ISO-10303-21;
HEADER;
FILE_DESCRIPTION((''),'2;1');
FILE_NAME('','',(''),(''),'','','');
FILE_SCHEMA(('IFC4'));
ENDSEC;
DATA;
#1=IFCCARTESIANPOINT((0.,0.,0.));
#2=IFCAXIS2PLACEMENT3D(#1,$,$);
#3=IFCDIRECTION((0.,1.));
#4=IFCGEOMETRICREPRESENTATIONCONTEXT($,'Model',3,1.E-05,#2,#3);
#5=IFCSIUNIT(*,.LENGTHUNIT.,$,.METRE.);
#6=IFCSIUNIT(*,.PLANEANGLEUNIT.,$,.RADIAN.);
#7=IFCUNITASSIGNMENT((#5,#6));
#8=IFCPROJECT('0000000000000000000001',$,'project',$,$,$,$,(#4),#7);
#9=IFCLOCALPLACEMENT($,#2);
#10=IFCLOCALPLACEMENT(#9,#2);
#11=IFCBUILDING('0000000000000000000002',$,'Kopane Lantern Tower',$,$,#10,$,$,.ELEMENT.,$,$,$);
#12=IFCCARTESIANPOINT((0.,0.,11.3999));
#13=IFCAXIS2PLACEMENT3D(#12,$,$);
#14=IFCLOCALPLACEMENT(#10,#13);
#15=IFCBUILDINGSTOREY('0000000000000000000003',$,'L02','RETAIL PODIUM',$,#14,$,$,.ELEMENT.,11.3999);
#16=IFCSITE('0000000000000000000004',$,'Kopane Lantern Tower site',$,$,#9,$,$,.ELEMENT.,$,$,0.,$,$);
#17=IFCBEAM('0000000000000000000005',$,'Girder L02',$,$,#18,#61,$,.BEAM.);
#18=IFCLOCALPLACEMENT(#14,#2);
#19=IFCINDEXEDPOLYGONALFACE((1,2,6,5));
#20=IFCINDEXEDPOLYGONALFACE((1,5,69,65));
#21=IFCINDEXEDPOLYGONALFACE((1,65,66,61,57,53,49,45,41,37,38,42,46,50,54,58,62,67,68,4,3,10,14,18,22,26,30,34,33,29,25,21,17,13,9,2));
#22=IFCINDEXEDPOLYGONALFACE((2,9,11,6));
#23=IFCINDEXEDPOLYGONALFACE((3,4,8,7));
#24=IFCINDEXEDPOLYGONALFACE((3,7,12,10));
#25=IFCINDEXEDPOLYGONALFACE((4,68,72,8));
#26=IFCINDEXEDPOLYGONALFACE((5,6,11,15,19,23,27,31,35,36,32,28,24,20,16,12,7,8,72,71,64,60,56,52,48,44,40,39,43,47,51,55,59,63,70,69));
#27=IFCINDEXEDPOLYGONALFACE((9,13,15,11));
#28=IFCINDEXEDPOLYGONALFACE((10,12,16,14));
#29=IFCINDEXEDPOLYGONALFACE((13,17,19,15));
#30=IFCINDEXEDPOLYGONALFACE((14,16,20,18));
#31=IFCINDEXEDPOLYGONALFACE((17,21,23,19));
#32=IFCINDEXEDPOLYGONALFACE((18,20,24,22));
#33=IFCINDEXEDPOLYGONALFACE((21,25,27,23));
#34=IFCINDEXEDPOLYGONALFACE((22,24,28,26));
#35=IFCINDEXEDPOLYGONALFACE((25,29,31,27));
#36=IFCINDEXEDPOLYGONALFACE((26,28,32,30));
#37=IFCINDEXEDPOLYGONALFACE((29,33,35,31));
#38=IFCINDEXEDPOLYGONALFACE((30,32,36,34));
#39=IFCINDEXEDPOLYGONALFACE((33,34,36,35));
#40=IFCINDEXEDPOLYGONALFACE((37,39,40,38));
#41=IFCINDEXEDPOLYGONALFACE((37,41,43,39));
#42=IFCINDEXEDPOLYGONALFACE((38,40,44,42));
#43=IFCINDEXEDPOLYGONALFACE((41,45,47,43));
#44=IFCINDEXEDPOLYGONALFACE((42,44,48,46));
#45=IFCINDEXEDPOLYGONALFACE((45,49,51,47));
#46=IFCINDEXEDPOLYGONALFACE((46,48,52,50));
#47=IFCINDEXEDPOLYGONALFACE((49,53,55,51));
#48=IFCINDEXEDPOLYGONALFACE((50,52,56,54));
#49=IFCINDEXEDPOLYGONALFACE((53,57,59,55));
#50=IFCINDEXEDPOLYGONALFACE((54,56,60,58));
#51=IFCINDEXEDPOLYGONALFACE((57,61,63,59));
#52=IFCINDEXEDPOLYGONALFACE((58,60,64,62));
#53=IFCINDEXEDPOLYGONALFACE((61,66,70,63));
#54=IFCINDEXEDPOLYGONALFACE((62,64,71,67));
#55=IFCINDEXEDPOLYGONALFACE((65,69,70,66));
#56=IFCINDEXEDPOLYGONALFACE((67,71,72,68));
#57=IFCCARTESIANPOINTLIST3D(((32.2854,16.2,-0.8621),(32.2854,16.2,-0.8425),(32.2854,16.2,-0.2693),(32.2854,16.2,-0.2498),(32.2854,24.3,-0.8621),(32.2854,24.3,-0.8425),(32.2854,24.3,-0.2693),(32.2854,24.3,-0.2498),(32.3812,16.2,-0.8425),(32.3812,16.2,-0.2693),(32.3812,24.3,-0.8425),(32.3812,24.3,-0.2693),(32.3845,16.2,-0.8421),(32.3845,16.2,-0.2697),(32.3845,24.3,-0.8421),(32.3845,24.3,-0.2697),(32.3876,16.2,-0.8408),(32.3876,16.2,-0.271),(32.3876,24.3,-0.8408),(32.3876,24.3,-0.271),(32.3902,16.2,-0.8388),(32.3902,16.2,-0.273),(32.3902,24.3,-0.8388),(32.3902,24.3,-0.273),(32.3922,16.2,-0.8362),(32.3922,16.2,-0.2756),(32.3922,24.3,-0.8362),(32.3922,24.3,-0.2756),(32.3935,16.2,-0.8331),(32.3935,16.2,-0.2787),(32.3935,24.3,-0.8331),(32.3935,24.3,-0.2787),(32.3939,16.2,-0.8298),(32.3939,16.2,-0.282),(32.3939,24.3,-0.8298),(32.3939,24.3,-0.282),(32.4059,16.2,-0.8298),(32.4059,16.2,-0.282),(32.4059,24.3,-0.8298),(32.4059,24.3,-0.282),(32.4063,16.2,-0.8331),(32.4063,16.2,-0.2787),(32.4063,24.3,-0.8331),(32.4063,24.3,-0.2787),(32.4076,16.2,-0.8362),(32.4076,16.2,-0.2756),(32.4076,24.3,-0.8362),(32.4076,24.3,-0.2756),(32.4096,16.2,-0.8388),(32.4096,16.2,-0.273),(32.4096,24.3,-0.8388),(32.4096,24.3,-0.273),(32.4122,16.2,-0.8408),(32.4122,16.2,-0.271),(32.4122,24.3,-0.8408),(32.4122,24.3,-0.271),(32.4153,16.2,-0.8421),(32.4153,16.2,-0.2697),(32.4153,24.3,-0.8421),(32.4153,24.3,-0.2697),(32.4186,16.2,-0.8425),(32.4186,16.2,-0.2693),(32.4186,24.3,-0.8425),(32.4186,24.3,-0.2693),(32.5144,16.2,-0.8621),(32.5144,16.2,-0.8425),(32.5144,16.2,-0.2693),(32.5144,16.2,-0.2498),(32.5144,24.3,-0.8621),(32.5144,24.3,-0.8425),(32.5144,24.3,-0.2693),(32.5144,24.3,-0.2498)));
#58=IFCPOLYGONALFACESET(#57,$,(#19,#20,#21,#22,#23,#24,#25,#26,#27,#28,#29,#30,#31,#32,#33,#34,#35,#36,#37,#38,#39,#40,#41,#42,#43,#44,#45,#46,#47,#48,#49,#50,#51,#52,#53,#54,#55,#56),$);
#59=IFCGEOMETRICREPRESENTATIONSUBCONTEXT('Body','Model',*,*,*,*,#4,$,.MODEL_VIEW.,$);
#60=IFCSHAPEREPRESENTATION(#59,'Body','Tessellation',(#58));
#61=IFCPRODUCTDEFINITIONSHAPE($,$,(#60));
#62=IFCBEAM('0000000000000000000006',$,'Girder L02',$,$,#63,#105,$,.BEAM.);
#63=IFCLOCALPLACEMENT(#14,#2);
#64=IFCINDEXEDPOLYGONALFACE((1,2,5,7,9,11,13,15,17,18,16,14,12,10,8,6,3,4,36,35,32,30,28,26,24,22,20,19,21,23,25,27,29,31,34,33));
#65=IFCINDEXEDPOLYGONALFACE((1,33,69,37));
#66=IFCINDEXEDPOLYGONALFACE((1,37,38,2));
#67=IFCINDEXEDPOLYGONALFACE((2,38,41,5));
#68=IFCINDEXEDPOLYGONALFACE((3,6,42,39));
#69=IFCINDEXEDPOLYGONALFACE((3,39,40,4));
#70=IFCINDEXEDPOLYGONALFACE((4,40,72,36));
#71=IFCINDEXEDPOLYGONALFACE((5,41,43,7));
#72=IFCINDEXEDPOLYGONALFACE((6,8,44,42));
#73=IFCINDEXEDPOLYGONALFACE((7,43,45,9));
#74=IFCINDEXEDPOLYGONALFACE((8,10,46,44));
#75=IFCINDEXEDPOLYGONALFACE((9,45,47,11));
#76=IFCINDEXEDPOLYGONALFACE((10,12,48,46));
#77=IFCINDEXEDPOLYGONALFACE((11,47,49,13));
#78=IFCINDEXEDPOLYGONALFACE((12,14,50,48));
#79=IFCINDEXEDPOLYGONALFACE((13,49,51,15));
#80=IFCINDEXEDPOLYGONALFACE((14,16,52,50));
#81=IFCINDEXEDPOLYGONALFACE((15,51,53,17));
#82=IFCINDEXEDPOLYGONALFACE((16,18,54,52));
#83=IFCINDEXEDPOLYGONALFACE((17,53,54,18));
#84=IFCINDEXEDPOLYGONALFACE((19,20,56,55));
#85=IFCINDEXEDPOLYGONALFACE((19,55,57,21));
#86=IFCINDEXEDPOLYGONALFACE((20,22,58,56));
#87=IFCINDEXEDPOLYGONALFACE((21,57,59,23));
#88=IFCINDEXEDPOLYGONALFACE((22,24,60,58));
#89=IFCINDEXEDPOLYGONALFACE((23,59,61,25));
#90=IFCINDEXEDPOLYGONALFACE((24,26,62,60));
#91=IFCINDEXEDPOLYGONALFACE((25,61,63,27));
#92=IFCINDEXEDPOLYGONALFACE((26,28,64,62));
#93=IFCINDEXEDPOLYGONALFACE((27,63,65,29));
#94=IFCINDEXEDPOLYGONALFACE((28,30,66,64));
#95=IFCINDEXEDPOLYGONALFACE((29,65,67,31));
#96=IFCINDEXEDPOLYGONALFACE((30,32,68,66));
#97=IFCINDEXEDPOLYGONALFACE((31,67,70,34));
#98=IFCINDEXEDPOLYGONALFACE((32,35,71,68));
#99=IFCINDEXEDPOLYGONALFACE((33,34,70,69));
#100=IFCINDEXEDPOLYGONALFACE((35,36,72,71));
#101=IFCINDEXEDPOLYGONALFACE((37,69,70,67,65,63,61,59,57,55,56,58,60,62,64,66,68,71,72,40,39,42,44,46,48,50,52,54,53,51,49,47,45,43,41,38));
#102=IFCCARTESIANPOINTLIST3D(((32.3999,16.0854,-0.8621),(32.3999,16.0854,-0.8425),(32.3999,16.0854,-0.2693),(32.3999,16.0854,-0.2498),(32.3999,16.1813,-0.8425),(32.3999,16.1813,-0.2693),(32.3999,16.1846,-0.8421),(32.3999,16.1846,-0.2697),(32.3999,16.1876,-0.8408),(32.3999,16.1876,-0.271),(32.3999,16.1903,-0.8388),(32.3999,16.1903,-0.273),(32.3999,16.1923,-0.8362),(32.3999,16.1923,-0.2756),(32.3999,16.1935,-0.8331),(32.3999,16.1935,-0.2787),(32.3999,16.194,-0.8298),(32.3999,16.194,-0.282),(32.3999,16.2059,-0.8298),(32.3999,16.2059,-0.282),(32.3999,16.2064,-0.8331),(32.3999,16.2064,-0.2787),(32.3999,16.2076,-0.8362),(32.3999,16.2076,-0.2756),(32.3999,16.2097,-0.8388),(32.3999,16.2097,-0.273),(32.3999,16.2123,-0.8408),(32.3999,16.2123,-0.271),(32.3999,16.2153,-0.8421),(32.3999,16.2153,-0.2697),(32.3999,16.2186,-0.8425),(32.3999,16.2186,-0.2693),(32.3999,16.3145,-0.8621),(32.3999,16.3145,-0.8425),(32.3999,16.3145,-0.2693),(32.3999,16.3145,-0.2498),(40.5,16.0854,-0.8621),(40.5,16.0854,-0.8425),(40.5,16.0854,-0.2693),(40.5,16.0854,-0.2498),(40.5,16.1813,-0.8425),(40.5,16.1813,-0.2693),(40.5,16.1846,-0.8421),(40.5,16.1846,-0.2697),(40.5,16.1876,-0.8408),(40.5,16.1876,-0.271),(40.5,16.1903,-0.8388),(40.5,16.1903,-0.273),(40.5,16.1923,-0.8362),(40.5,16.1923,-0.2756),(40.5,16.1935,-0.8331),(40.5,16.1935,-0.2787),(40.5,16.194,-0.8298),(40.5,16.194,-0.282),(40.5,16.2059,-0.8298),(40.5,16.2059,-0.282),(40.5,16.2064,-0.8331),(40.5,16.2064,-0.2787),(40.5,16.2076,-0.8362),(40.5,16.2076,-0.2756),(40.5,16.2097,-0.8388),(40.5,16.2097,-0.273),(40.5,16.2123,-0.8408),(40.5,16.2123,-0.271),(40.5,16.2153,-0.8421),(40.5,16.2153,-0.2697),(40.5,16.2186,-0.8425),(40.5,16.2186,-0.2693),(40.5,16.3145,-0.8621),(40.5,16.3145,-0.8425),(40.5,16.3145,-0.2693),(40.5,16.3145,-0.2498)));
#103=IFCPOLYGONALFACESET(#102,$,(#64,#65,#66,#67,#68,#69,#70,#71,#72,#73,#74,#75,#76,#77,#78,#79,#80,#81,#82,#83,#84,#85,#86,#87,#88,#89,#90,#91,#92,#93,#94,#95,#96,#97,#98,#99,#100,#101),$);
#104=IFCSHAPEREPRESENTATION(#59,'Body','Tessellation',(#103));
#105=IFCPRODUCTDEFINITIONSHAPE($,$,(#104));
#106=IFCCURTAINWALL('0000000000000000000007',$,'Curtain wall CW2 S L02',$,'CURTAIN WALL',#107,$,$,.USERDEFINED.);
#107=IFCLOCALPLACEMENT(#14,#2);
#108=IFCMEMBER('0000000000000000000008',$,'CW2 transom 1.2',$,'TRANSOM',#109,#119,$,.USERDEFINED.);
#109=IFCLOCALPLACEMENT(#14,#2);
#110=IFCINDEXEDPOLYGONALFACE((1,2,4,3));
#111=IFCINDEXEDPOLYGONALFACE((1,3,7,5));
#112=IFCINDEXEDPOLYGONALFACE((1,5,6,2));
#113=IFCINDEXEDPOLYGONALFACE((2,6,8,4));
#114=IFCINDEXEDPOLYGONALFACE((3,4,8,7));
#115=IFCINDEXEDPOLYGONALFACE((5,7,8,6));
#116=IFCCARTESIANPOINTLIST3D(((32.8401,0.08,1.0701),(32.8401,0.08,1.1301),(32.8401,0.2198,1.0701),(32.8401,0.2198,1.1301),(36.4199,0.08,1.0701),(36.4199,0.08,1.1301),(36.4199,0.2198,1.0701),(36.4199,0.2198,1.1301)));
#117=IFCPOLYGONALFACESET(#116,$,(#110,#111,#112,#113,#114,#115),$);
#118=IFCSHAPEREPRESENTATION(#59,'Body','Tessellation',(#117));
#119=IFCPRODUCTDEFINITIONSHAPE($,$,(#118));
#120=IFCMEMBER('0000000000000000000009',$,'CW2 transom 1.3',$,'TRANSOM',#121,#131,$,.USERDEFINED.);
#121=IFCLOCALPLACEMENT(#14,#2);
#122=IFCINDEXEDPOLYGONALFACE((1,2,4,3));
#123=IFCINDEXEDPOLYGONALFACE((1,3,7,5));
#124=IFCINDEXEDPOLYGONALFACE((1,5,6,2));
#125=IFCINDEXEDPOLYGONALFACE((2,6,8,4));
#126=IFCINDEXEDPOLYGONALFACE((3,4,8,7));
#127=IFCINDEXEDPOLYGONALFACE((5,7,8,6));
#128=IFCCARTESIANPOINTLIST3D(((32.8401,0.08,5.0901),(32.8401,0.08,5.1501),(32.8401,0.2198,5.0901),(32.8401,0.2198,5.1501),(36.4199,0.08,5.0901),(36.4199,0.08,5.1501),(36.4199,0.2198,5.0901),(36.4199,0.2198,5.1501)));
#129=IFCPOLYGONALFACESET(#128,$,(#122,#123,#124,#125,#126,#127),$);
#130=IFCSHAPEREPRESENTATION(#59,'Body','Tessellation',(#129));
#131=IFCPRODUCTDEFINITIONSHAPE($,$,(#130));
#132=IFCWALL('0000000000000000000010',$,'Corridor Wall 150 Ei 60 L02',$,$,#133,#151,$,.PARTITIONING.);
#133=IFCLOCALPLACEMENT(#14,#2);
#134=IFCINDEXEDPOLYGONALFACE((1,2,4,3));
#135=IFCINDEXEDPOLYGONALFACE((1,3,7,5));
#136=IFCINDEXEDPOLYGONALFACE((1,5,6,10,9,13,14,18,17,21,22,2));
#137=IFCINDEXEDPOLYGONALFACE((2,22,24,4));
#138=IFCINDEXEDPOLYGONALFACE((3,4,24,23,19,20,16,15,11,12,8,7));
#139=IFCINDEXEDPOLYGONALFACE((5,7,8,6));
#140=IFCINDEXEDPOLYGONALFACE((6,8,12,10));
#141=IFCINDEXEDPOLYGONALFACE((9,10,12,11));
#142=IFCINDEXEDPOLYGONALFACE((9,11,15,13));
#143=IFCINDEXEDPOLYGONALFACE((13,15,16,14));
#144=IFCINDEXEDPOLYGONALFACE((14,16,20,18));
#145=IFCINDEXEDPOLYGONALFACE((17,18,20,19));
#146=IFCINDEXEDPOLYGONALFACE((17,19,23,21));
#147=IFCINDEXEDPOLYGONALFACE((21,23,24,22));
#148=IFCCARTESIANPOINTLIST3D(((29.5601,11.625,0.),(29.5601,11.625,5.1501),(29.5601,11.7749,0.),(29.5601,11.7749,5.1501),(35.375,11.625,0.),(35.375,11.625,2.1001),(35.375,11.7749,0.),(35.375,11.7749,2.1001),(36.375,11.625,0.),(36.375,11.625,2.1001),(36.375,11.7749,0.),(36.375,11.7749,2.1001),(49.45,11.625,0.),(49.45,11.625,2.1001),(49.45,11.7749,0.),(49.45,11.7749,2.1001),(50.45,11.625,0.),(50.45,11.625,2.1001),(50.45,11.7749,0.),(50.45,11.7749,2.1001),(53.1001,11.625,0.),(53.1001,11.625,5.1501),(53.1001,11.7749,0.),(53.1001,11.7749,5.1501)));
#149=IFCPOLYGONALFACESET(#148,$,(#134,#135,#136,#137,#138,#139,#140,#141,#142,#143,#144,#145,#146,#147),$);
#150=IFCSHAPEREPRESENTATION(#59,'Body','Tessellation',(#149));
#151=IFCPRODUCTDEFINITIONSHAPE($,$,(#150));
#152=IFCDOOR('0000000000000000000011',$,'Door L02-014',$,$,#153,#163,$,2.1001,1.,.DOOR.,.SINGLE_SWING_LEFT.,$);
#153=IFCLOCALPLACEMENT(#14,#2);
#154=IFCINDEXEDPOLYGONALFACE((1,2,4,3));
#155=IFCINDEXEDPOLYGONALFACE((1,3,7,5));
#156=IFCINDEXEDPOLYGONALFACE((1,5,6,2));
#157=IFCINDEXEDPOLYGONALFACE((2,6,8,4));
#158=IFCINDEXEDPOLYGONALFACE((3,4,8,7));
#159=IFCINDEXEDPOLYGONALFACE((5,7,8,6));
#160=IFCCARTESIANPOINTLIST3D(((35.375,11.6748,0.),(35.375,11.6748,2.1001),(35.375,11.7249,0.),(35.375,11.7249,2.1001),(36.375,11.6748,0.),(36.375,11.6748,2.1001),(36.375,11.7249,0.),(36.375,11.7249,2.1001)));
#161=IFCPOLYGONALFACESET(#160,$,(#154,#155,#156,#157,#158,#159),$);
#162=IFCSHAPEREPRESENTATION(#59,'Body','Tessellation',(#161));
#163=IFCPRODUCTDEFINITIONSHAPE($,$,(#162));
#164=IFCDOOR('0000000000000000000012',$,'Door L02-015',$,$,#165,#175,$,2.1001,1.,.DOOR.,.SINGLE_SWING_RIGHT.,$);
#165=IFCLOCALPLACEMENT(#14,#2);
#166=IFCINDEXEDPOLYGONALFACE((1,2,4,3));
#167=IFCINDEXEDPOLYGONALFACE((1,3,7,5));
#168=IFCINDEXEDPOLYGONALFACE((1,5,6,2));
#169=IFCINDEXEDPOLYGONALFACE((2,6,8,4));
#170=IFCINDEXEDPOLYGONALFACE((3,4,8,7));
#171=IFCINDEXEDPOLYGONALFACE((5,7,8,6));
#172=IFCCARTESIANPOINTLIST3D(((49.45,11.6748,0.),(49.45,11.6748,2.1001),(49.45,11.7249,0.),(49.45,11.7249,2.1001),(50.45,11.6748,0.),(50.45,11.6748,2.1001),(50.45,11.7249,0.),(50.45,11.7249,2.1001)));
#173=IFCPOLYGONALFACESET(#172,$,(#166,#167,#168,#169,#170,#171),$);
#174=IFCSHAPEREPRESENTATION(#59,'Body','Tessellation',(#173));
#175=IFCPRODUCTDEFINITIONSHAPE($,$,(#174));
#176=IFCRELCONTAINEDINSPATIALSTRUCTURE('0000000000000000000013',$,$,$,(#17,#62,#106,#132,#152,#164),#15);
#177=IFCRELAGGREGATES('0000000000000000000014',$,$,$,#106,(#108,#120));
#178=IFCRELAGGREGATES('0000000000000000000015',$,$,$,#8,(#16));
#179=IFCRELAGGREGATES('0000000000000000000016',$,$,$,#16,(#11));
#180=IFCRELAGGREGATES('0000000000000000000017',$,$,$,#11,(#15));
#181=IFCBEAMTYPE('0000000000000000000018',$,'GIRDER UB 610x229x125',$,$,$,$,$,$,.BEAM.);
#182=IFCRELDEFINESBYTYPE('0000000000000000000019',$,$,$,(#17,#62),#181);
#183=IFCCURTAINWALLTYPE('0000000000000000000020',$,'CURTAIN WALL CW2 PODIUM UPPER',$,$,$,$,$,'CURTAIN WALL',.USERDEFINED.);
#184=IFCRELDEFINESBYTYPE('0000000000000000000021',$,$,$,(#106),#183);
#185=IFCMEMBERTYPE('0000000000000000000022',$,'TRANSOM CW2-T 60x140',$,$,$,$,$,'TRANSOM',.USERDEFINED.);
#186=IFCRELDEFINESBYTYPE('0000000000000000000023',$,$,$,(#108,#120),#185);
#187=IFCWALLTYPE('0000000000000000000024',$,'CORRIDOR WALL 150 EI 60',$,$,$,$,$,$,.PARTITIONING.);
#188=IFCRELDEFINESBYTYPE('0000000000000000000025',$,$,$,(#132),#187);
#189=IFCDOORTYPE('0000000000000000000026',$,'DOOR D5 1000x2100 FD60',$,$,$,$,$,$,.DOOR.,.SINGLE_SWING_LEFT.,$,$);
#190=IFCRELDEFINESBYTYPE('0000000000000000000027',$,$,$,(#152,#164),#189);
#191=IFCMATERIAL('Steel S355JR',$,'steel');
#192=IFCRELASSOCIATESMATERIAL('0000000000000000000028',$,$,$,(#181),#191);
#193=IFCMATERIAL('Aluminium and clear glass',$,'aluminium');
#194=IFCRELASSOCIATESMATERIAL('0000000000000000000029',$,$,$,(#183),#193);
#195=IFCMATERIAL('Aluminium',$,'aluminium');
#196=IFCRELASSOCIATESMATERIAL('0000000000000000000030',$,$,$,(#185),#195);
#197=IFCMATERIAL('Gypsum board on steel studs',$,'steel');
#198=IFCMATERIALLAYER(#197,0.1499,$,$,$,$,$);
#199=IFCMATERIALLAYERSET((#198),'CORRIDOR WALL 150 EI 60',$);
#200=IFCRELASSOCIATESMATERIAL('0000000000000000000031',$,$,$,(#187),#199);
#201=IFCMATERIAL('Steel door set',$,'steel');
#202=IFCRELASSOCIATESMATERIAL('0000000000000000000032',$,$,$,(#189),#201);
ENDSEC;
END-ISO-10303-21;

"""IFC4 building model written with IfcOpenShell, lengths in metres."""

from ifc_helpers import new_model, si_unit, direction, frame, frame_2d, origin, origin_2d, place, context, subcontext, project, spatial, rectangle, i_section, extrude, material, layer, layer_set, material_profile, profile_set, type_object, element, fill, aggregate, save


model = new_model("IFC4")

# Units and contexts
model_context = context("Model", 3, precision=1e-05, world=origin(), true_north=direction((0.0, 1.0)))
body_context = subcontext(model_context, "Body", "Model", "MODEL_VIEW")
ifc_project = project(units=[si_unit("LENGTHUNIT", "METRE"), si_unit("PLANEANGLEUNIT", "RADIAN")], contexts=[model_context])

# Site, building, storey
site_placement = place(None, origin())
site = spatial("IfcSite", under=ifc_project, at=site_placement, Name="Kopane Lantern Tower site", CompositionType="ELEMENT", RefElevation=0.0)
building_placement = place(site_placement, origin())
building = spatial("IfcBuilding", under=site, at=building_placement, Name="Kopane Lantern Tower", CompositionType="ELEMENT")
storey_placement = place(building_placement, frame((0.0, 0.0, 11.3999)))
storey = spatial("IfcBuildingStorey", under=building, at=storey_placement, Name="L02", Description="RETAIL PODIUM", CompositionType="ELEMENT", Elevation=11.3999)

# Beams
ifc_material_1 = material(Name="Steel S355JR", Category="steel")
ifc_material_profile_1 = material_profile(ifc_material_1, i_section(OverallWidth=0.229, OverallDepth=0.6123, WebThickness=0.012, FlangeThickness=0.0195, FilletRadius=0.0127, at=origin_2d()), Name="UB 610x229x125")
ifc_profile_set_1 = profile_set([ifc_material_profile_1], Name="Steel S355JR")
beam_type = type_object("IfcBeamType", Name="GIRDER UB 610x229x125", PredefinedType="BEAM", material=ifc_profile_set_1)
for number, where, z_axis, x_axis, name in (
    (1, (32.3999, 16.2, -0.5559), (0.0, 1.0, 0.0), (-1.0, 0.0, 0.0), "Girder L02"),
    (2, (32.3999, 16.2, -0.5559), (1.0, 0.0, 0.0), (0.0, 1.0, 0.0), "Girder L02"),
):
    element("IfcBeam", number, at=place(storey_placement, frame(where, z_axis=z_axis, x_axis=x_axis)), inside=storey, type_object=beam_type, Name=name, PredefinedType="BEAM", context=body_context, shape_type="SweptSolid", body=[
        extrude(i_section(OverallWidth=0.229, OverallDepth=0.6123, WebThickness=0.012, FlangeThickness=0.0195, FilletRadius=0.0127, at=origin_2d()), origin(), (0.0, 0.0, 1.0), 8.1001),
    ])

# Curtain wall, members
ifc_material_2 = material(Name="Aluminium and clear glass", Category="aluminium")
curtain_wall_type = type_object("IfcCurtainWallType", Name="CURTAIN WALL CW2 PODIUM UPPER", ElementType="CURTAIN WALL", PredefinedType="USERDEFINED", material=ifc_material_2)
curtain_wall_placement = place(storey_placement, origin())
curtain_wall = element("IfcCurtainWall", 3, at=curtain_wall_placement, inside=storey, type_object=curtain_wall_type, Name="Curtain wall CW2 S L02", ObjectType="CURTAIN WALL", PredefinedType="USERDEFINED")
ifc_material_3 = material(Name="Aluminium", Category="aluminium")
ifc_material_profile_2 = material_profile(ifc_material_3, rectangle(XDim=0.1399, YDim=0.0601, at=origin_2d()), Name="AL 140x60")
ifc_profile_set_2 = profile_set([ifc_material_profile_2], Name="Aluminium")
member_type = type_object("IfcMemberType", Name="TRANSOM CW2-T 60x140", ElementType="TRANSOM", PredefinedType="USERDEFINED", material=ifc_profile_set_2)
member_1_placement = place(storey_placement, frame((32.8401, 0.1499, 1.1001), z_axis=(1.0, 0.0, 0.0), x_axis=(0.0, 1.0, 0.0)))
member_1 = element("IfcMember", 4, at=member_1_placement, type_object=member_type, Name="CW2 transom 1.2", ObjectType="TRANSOM", PredefinedType="USERDEFINED", context=body_context, shape_type="SweptSolid", body=[
    extrude(rectangle(XDim=0.1399, YDim=0.0601, at=origin_2d()), origin(), (0.0, 0.0, 1.0), 3.5798),
])
member_2_placement = place(storey_placement, frame((32.8401, 0.1499, 5.1201), z_axis=(1.0, 0.0, 0.0), x_axis=(0.0, 1.0, 0.0)))
member_2 = element("IfcMember", 5, at=member_2_placement, type_object=member_type, Name="CW2 transom 1.3", ObjectType="TRANSOM", PredefinedType="USERDEFINED", context=body_context, shape_type="SweptSolid", body=[
    extrude(rectangle(XDim=0.1399, YDim=0.0601, at=origin_2d()), origin(), (0.0, 0.0, 1.0), 3.5798),
])
aggregate(curtain_wall, [member_1, member_2])

# Wall, openings, doors
ifc_material_4 = material(Name="Gypsum board on steel studs", Category="steel")
ifc_layer_1 = layer(ifc_material_4, 0.1499)
ifc_layer_set_1 = layer_set([ifc_layer_1], Name="CORRIDOR WALL 150 EI 60")
wall_type_1 = type_object("IfcWallType", Name="CORRIDOR WALL 150 EI 60", PredefinedType="PARTITIONING", material=ifc_layer_set_1)
wall_placement = place(storey_placement, frame((29.5601, 11.7, 0.0), z_axis=(0.0, 0.0, 1.0), x_axis=(1.0, 0.0, 0.0)))
wall = element("IfcWall", 6, at=wall_placement, inside=storey, type_object=wall_type_1, Name="Corridor Wall 150 Ei 60 L02", PredefinedType="PARTITIONING", context=body_context, shape_type="SweptSolid", body=[
    extrude(rectangle(XDim=23.54, YDim=0.1499, at=frame_2d((11.77, 0.0))), origin(), (0.0, 0.0, 1.0), 5.1501),
])
opening_1_placement = place(wall_placement, frame((5.8149, 0.0, 0.0)))
opening_1 = element("IfcOpeningElement", 7, at=opening_1_placement, cuts=wall, PredefinedType="OPENING", context=body_context, shape_type="SweptSolid", body=[
    extrude(rectangle(XDim=1.0, YDim=2.1001, at=frame_2d((0.5, 1.05))), frame((0.0, 0.085, 0.0), z_axis=(0.0, -1.0, 0.0), x_axis=(1.0, 0.0, 0.0)), (0.0, 0.0, 1.0), 0.1699),
])
opening_2_placement = place(wall_placement, frame((19.8899, 0.0, 0.0)))
opening_2 = element("IfcOpeningElement", 8, at=opening_2_placement, cuts=wall, PredefinedType="OPENING", context=body_context, shape_type="SweptSolid", body=[
    extrude(rectangle(XDim=1.0, YDim=2.1001, at=frame_2d((0.5, 1.05))), frame((0.0, 0.085, 0.0), z_axis=(0.0, -1.0, 0.0), x_axis=(1.0, 0.0, 0.0)), (0.0, 0.0, 1.0), 0.1699),
])
ifc_material_5 = material(Name="Steel door set", Category="steel")
door_type = type_object("IfcDoorType", Name="DOOR D5 1000x2100 FD60", OperationType="SINGLE_SWING_LEFT", PredefinedType="DOOR", material=ifc_material_5)
door_1_placement = place(opening_1_placement, origin())
door_1 = element("IfcDoor", 9, at=door_1_placement, inside=storey, type_object=door_type, Name="Door L02-014", OperationType="SINGLE_SWING_LEFT", OverallHeight=2.1001, OverallWidth=1.0, PredefinedType="DOOR", context=body_context, shape_type="SweptSolid", body=[
    extrude(rectangle(XDim=1.0, YDim=2.1001, at=frame_2d((0.5, 1.05))), frame((0.0, 0.0249, 0.0), z_axis=(0.0, -1.0, 0.0), x_axis=(1.0, 0.0, 0.0)), (0.0, 0.0, 1.0), 0.05),
])
fill(opening_1, door_1)
door_2_placement = place(opening_2_placement, origin())
door_2 = element("IfcDoor", 10, at=door_2_placement, inside=storey, type_object=door_type, Name="Door L02-015", OperationType="SINGLE_SWING_RIGHT", OverallHeight=2.1001, OverallWidth=1.0, PredefinedType="DOOR", context=body_context, shape_type="SweptSolid", body=[
    extrude(rectangle(XDim=1.0, YDim=2.1001, at=frame_2d((0.5, 1.05))), frame((0.0, 0.0249, 0.0), z_axis=(0.0, -1.0, 0.0), x_axis=(1.0, 0.0, 0.0)), (0.0, 0.0, 1.0), 0.05),
])
fill(opening_2, door_2)

save(model, "model.ifc")
